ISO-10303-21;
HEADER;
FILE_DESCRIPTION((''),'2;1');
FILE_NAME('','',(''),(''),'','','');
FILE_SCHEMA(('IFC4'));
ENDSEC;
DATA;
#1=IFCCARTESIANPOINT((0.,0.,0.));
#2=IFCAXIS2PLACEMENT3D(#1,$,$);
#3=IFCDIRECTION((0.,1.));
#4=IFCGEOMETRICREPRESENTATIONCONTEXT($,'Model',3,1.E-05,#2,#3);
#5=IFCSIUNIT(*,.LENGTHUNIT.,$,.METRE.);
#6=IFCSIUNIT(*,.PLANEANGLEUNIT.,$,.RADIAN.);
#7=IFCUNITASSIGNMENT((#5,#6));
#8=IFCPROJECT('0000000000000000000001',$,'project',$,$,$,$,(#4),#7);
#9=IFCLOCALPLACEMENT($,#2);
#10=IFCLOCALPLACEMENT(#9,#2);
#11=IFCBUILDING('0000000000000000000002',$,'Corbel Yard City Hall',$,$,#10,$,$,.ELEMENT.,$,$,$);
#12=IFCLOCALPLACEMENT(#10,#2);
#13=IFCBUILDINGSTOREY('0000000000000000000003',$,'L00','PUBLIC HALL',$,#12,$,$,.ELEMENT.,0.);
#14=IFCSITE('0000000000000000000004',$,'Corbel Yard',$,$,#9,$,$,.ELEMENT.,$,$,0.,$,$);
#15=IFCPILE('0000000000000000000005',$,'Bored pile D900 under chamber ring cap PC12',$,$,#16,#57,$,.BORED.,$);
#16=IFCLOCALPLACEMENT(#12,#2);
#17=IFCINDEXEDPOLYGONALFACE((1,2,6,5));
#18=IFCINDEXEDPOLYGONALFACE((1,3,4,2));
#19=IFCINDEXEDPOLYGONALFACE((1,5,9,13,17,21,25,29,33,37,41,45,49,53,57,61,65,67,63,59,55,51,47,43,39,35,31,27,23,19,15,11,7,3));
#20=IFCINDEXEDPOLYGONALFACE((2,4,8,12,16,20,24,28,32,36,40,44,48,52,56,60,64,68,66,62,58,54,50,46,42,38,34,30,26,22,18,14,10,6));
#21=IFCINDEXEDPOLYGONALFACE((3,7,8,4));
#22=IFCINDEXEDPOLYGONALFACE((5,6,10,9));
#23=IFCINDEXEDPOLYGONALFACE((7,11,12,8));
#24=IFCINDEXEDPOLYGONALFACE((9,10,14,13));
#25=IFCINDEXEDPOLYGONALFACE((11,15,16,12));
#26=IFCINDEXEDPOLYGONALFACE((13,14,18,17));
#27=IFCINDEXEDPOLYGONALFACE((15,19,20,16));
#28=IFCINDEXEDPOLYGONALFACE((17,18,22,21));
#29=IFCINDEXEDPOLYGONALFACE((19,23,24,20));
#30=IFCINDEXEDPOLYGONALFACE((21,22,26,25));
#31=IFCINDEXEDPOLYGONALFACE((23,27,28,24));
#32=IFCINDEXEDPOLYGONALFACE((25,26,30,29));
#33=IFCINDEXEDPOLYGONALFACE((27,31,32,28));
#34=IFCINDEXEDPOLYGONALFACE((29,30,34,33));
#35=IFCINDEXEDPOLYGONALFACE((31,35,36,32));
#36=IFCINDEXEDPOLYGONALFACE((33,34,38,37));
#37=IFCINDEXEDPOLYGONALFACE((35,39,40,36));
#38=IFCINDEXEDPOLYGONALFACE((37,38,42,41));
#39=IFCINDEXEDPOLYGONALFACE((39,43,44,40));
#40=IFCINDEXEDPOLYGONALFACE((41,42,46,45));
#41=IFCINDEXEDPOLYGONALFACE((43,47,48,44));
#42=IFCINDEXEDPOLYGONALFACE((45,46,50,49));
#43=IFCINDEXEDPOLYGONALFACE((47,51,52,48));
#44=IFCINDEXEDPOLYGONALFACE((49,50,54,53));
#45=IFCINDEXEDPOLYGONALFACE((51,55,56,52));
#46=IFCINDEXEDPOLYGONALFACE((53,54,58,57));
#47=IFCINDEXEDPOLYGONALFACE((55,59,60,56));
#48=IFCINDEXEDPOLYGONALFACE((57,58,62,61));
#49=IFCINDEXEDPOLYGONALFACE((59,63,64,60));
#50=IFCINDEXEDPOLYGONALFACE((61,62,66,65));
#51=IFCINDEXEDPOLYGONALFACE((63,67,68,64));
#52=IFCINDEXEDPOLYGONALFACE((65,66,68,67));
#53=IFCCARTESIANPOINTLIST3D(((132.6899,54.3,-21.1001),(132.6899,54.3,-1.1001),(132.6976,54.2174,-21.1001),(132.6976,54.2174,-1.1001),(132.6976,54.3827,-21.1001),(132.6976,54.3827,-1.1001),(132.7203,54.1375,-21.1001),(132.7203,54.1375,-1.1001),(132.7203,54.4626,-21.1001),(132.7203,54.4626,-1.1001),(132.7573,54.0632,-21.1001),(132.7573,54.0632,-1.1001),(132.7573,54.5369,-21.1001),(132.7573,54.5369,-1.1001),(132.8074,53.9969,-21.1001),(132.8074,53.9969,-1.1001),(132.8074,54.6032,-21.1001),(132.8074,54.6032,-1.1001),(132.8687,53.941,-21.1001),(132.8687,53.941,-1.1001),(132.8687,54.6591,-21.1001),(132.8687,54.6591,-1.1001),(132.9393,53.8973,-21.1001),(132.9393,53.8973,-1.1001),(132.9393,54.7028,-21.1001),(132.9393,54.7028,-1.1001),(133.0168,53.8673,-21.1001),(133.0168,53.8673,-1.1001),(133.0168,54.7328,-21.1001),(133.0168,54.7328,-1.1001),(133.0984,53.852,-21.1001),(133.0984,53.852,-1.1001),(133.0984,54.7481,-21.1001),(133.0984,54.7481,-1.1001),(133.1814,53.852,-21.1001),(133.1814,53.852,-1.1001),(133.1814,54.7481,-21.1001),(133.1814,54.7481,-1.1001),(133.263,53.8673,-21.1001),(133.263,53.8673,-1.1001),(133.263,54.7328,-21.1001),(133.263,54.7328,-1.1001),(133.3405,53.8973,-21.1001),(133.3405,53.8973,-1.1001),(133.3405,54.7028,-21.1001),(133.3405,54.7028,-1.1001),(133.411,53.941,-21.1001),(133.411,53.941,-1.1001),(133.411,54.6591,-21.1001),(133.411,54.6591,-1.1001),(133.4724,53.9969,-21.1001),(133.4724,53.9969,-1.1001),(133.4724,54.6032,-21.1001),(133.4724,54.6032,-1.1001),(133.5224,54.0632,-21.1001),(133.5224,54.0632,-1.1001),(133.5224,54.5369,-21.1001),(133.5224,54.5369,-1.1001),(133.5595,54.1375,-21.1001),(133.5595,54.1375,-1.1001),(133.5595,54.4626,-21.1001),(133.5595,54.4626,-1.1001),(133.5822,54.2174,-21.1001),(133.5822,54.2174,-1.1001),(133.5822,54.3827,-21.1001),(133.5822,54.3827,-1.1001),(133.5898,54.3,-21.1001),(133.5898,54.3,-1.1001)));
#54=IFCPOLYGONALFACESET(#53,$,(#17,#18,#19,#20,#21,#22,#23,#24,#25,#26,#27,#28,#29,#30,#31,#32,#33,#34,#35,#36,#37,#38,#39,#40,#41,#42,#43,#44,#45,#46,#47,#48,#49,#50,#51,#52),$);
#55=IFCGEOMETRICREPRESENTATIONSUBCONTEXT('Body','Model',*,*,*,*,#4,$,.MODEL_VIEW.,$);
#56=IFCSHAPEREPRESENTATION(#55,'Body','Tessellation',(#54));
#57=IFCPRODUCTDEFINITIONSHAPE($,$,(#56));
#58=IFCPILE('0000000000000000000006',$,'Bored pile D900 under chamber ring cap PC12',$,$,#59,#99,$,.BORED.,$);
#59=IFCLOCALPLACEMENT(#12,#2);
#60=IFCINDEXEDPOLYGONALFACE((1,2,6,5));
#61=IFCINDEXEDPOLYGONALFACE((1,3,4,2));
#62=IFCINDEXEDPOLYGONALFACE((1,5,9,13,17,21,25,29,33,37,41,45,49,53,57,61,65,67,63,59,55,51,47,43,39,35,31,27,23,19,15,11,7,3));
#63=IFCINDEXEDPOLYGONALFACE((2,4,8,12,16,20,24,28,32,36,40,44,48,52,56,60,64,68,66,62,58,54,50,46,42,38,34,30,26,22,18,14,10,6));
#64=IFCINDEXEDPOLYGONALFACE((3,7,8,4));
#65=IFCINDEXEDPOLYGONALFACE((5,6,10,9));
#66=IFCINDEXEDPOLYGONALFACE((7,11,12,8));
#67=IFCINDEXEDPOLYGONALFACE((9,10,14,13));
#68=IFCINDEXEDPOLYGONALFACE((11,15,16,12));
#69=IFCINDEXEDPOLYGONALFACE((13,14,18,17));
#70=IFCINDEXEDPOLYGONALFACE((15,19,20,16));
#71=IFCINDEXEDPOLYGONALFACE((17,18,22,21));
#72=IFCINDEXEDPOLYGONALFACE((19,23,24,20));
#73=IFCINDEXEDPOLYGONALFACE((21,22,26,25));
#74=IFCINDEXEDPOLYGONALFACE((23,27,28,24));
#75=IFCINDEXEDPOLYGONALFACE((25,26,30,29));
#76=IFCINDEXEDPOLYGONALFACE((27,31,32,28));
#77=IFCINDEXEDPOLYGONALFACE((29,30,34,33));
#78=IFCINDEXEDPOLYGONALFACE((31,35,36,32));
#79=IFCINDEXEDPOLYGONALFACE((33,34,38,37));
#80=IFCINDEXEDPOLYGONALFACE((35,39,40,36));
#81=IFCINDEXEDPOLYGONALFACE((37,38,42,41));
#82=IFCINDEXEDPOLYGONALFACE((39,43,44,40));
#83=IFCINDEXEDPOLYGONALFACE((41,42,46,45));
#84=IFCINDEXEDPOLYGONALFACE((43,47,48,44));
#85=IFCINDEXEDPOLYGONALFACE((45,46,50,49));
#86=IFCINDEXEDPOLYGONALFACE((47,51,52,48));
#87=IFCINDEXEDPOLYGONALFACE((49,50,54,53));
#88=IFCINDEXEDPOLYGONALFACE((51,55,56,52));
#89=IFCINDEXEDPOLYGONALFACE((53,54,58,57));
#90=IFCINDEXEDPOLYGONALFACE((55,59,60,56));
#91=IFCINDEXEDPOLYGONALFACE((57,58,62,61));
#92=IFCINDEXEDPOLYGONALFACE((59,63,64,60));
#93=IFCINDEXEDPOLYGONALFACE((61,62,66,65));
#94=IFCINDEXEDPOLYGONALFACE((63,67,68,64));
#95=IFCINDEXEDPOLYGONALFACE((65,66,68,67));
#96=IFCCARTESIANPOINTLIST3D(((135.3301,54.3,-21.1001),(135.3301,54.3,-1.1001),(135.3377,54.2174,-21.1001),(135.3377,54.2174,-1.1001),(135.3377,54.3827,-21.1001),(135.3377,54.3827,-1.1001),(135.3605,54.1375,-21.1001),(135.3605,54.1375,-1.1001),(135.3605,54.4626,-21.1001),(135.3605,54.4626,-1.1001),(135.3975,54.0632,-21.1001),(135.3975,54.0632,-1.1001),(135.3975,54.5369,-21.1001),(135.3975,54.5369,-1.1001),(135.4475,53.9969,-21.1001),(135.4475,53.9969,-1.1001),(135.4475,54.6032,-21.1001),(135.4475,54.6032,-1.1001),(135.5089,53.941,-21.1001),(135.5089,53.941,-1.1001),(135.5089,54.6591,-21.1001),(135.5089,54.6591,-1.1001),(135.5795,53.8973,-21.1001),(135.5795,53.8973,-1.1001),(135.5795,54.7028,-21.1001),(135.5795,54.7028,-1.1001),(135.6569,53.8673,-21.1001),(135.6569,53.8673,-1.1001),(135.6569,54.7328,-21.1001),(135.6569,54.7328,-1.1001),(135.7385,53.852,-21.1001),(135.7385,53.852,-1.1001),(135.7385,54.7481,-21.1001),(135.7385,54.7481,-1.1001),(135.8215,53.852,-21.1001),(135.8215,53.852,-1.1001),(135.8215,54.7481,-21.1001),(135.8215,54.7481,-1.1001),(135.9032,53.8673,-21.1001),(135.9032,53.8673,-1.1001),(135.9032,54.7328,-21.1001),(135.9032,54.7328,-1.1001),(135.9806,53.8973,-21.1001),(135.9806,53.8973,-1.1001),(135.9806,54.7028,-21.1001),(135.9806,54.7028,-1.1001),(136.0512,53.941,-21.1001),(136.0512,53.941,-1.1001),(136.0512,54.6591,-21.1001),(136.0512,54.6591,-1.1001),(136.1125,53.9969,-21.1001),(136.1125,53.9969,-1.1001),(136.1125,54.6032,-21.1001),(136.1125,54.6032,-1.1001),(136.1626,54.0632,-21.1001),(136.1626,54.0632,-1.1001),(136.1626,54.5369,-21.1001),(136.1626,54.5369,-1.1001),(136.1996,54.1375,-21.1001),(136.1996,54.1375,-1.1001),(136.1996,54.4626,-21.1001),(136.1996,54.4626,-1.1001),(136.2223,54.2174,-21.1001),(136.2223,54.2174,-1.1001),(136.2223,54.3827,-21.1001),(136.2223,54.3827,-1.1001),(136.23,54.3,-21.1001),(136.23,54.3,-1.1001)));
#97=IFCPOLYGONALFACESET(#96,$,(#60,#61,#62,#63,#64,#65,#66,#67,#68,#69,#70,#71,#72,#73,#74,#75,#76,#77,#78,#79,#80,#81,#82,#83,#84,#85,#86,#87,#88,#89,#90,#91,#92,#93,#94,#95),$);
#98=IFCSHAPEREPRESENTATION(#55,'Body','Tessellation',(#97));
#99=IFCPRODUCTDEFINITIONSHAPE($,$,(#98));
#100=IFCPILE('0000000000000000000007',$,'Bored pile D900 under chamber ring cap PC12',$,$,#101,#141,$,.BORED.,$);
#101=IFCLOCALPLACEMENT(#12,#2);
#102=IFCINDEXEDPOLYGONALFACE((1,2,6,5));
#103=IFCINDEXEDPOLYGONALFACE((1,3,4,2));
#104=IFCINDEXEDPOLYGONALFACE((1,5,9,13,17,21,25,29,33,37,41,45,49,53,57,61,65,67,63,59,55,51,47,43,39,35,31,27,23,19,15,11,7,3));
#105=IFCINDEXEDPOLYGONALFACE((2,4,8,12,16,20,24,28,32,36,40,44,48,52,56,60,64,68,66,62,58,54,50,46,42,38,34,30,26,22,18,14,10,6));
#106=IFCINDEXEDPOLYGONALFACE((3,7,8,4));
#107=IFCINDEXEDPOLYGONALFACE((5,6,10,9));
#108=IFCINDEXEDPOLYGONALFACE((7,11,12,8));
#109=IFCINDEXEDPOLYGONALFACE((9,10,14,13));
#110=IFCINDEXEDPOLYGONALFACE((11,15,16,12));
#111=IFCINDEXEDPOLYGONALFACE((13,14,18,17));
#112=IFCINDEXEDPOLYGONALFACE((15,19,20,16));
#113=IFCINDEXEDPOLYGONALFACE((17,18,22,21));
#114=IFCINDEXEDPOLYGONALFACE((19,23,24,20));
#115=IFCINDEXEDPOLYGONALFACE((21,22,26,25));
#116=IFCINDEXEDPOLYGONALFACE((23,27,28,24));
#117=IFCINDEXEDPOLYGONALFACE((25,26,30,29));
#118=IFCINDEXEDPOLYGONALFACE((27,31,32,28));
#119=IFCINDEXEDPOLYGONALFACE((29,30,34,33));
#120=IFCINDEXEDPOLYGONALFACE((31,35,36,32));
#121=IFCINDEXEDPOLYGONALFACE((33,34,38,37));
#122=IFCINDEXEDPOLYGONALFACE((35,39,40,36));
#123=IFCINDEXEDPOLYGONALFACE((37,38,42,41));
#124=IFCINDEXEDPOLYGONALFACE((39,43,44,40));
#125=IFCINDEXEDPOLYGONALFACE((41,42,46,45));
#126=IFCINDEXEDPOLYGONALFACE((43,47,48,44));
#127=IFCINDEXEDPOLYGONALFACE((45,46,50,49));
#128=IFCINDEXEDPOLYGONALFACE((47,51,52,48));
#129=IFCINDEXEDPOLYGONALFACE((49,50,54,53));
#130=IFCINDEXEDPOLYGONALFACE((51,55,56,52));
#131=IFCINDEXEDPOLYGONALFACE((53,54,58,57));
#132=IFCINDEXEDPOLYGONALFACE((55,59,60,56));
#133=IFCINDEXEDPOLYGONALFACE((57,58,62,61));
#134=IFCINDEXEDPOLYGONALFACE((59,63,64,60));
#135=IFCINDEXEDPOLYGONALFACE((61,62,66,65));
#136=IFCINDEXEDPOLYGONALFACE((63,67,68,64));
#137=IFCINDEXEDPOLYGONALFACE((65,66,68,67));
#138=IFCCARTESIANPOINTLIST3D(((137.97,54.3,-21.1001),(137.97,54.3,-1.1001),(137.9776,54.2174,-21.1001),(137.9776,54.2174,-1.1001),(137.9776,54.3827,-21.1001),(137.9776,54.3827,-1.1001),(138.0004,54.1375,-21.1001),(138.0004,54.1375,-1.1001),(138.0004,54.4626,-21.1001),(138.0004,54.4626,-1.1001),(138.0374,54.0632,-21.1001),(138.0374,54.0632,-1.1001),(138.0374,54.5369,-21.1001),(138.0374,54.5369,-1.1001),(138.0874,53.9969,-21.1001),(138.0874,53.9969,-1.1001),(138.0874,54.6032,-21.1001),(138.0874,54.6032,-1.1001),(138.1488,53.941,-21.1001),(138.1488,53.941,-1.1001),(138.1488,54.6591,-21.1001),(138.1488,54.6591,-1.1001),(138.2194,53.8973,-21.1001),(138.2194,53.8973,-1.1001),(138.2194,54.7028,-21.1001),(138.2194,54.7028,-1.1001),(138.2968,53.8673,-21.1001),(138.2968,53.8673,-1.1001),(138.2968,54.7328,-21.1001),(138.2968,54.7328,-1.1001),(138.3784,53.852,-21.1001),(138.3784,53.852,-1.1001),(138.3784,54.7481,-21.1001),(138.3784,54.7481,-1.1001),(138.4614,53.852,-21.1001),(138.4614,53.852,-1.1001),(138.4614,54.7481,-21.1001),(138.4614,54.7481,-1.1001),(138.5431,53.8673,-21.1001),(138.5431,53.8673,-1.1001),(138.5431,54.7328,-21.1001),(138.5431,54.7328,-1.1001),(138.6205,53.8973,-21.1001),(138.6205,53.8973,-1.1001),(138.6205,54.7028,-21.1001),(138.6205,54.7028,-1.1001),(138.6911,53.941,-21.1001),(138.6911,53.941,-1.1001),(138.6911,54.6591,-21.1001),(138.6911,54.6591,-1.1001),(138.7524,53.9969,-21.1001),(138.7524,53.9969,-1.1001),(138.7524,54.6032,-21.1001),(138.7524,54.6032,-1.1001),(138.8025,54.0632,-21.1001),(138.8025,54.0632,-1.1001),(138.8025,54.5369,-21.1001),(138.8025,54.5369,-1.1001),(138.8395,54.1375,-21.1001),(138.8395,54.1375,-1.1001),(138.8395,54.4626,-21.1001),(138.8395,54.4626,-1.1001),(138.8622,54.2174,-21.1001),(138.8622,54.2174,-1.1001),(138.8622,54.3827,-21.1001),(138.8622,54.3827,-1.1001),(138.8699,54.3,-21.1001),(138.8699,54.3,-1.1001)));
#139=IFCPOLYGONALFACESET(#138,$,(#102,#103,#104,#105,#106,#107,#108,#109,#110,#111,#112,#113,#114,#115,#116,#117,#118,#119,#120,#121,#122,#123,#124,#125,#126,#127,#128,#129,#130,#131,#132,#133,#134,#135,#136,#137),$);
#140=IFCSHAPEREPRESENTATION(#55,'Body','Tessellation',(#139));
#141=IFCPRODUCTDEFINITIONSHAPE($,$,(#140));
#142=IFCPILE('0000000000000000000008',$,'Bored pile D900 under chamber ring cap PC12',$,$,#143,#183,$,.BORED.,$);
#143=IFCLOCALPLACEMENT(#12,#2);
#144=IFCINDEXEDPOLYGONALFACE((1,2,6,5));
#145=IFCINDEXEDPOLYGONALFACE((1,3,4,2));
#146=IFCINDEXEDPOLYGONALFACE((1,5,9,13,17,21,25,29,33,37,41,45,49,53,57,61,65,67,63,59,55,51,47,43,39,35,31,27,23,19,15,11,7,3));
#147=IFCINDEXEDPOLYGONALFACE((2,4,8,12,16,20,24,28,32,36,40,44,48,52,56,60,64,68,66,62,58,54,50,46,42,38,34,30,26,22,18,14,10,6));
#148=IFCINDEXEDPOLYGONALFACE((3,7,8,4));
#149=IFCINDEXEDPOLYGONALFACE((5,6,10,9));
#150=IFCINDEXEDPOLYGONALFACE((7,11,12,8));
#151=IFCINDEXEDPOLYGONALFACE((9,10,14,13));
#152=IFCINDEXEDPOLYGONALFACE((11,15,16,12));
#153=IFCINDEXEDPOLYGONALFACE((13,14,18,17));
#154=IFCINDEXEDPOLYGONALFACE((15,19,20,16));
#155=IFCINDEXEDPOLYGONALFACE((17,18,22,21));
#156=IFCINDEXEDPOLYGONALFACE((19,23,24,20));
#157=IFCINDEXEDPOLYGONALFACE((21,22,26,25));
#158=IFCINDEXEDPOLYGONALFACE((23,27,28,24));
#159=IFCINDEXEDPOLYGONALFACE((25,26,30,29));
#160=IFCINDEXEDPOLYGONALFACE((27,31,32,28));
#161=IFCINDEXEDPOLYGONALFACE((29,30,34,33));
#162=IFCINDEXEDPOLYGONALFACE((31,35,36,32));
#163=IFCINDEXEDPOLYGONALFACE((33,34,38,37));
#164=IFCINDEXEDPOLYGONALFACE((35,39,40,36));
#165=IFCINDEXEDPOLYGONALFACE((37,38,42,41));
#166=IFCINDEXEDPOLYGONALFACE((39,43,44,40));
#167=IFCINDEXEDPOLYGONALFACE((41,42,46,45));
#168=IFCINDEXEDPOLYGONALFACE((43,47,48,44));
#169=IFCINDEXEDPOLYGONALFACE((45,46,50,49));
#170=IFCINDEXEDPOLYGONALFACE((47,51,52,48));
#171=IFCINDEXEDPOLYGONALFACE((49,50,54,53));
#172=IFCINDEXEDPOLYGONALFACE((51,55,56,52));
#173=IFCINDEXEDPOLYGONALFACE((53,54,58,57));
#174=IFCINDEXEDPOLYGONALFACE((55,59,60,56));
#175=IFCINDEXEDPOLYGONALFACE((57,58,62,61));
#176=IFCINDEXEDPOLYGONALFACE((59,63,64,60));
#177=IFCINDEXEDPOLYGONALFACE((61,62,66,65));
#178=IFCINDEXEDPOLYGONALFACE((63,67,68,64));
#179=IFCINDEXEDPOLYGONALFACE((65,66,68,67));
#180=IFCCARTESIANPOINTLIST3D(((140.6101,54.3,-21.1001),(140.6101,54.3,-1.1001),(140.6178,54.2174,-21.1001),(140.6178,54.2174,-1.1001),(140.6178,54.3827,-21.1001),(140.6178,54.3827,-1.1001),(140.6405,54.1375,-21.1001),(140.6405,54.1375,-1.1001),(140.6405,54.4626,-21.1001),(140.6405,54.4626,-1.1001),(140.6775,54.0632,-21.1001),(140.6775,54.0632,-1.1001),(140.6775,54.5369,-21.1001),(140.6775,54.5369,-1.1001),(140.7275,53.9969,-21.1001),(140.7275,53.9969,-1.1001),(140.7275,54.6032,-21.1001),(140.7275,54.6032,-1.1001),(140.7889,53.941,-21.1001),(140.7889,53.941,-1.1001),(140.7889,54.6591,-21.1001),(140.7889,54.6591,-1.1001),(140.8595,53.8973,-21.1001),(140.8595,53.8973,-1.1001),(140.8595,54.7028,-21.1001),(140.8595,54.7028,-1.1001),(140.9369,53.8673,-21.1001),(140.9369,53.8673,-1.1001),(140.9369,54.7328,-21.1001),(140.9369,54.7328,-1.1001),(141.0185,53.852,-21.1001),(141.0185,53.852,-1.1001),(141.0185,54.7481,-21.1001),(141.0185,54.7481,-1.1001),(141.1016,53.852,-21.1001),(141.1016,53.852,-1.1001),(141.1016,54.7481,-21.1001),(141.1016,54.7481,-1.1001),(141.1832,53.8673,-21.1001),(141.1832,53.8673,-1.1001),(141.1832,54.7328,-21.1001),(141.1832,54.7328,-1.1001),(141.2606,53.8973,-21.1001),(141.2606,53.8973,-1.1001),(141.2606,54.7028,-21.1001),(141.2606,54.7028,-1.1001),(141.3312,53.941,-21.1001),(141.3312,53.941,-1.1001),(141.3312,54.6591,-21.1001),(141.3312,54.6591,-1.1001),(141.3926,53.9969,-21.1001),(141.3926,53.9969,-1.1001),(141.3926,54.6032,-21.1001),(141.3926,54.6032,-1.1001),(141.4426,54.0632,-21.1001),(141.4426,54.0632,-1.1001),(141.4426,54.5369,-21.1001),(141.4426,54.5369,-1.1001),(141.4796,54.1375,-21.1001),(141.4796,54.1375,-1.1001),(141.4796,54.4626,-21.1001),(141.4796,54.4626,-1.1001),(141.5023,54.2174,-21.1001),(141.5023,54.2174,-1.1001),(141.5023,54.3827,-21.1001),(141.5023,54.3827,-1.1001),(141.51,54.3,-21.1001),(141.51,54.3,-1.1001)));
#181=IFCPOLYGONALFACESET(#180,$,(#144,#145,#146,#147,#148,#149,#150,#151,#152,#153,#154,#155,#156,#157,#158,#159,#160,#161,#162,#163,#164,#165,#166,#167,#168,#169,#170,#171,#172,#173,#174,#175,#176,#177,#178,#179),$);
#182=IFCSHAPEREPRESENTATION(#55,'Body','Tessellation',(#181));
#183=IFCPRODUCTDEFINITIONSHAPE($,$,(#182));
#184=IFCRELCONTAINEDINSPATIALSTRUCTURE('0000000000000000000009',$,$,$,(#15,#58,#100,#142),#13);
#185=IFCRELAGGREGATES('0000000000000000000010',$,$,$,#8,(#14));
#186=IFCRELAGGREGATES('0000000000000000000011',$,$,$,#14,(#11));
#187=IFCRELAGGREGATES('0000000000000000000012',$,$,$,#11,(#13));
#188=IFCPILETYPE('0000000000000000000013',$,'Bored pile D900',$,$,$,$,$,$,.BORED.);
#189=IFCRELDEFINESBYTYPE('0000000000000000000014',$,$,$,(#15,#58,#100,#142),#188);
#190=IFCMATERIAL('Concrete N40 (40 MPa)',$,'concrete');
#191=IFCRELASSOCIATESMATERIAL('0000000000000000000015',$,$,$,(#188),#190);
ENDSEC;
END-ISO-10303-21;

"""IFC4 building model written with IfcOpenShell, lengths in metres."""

from ifc_helpers import new_model, si_unit, direction, frame, origin, origin_2d, place, context, subcontext, project, spatial, circle, extrude, material, material_profile, profile_set, type_object, element, save


model = new_model("IFC4")

# Units and contexts
model_context = context("Model", 3, precision=1e-05, world=origin(), true_north=direction((0.0, 1.0)))
body_context = subcontext(model_context, "Body", "Model", "MODEL_VIEW")
ifc_project = project(units=[si_unit("LENGTHUNIT", "METRE"), si_unit("PLANEANGLEUNIT", "RADIAN")], contexts=[model_context])

# Site, building, storey
site_placement = place(None, origin())
site = spatial("IfcSite", under=ifc_project, at=site_placement, Name="Corbel Yard", CompositionType="ELEMENT", RefElevation=0.0)
building_placement = place(site_placement, origin())
building = spatial("IfcBuilding", under=site, at=building_placement, Name="Corbel Yard City Hall", CompositionType="ELEMENT")
storey_placement = place(building_placement, origin())
storey = spatial("IfcBuildingStorey", under=building, at=storey_placement, Name="L00", Description="PUBLIC HALL", CompositionType="ELEMENT", Elevation=0.0)

# Piles
ifc_material_1 = material(Name="Concrete N40 (40 MPa)", Category="concrete")
ifc_material_profile_1 = material_profile(ifc_material_1, circle(Radius=0.45, at=origin_2d()), Name="D900")
ifc_profile_set_1 = profile_set([ifc_material_profile_1], Name="Concrete N40 (40 MPa)")
pile_type = type_object("IfcPileType", Name="Bored pile D900", PredefinedType="BORED", material=ifc_profile_set_1)
for number, where, z_axis, x_axis, name in (
    (1, (133.1399, 54.3, -1.1001), (0.0, 0.0, -1.0), (1.0, 0.0, 0.0), "Bored pile D900 under chamber ring cap PC12"),
    (2, (135.78, 54.3, -1.1001), (0.0, 0.0, -1.0), (1.0, 0.0, 0.0), "Bored pile D900 under chamber ring cap PC12"),
    (3, (138.4199, 54.3, -1.1001), (0.0, 0.0, -1.0), (1.0, 0.0, 0.0), "Bored pile D900 under chamber ring cap PC12"),
    (4, (141.0601, 54.3, -1.1001), (0.0, 0.0, -1.0), (1.0, 0.0, 0.0), "Bored pile D900 under chamber ring cap PC12"),
):
    element("IfcPile", number, at=place(storey_placement, frame(where, z_axis=z_axis, x_axis=x_axis)), inside=storey, type_object=pile_type, Name=name, PredefinedType="BORED", context=body_context, shape_type="SweptSolid", body=[
        extrude(circle(Radius=0.45, at=origin_2d()), origin(), (0.0, 0.0, 1.0), 20.0),
    ])

save(model, "model.ifc")
